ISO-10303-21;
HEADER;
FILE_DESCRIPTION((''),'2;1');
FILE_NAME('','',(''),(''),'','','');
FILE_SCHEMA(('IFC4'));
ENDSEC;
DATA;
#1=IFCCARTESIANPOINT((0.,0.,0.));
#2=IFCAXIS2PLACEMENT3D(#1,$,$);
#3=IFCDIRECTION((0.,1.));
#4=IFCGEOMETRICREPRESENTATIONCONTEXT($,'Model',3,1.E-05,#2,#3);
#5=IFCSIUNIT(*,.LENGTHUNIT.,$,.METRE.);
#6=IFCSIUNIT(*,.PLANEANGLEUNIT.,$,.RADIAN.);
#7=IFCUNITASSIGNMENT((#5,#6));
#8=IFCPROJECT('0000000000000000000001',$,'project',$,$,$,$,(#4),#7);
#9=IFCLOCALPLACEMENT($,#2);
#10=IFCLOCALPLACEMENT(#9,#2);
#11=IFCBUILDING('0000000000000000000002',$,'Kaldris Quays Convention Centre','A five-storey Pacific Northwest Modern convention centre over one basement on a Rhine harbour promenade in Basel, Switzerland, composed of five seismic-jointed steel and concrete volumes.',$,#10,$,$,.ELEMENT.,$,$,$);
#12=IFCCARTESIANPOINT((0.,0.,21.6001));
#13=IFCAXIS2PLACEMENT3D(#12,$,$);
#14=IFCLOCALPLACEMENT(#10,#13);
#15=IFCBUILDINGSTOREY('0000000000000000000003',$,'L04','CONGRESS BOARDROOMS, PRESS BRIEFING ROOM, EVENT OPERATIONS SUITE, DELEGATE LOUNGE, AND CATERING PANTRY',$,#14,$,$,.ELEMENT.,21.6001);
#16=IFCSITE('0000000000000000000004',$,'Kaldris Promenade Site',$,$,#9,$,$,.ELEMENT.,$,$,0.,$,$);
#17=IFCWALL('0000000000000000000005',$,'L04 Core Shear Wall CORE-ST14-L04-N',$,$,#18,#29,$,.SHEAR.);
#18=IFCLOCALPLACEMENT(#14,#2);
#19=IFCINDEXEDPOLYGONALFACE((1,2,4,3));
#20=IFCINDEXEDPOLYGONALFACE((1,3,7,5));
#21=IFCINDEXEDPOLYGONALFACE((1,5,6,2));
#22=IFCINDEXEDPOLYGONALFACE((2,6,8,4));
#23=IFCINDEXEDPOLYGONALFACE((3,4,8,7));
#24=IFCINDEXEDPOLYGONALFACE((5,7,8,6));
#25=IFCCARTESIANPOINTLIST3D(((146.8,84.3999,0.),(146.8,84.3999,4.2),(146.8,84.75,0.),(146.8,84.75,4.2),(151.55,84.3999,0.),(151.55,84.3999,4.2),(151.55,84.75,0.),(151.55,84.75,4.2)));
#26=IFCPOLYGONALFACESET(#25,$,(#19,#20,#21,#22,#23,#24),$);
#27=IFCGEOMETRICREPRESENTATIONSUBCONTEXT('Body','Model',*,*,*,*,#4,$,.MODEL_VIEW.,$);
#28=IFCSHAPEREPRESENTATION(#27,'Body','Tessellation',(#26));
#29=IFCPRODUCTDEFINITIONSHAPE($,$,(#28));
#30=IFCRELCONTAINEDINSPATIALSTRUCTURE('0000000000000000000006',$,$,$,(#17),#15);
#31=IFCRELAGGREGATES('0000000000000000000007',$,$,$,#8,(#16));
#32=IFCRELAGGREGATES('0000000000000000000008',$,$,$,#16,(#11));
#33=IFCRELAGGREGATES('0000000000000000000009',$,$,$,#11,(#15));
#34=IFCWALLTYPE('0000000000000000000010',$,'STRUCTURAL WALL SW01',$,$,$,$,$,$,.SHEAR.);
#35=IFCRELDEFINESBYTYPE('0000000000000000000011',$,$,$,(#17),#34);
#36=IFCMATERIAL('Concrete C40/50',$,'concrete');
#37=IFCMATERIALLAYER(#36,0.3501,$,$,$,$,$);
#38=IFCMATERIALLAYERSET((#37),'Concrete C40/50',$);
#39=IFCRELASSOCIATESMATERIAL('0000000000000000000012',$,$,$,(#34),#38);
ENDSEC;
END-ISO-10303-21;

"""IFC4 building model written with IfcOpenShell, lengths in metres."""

from ifc_helpers import new_model, si_unit, direction, frame, frame_2d, origin, place, context, subcontext, project, spatial, rectangle, extrude, material, layer, layer_set, type_object, element, save


model = new_model("IFC4")

# Units and contexts
model_context = context("Model", 3, precision=1e-05, world=origin(), true_north=direction((0.0, 1.0)))
body_context = subcontext(model_context, "Body", "Model", "MODEL_VIEW")
ifc_project = project(units=[si_unit("LENGTHUNIT", "METRE"), si_unit("PLANEANGLEUNIT", "RADIAN")], contexts=[model_context])

# Site, building, storey
site_placement = place(None, origin())
site = spatial("IfcSite", under=ifc_project, at=site_placement, Name="Kaldris Promenade Site", CompositionType="ELEMENT", RefElevation=0.0)
building_placement = place(site_placement, origin())
building = spatial("IfcBuilding", under=site, at=building_placement, Name="Kaldris Quays Convention Centre", Description="A five-storey Pacific Northwest Modern convention centre over one basement on a Rhine harbour promenade in Basel, Switzerland, composed of five seismic-jointed steel and concrete volumes.", CompositionType="ELEMENT")
storey_placement = place(building_placement, frame((0.0, 0.0, 21.6001)))
storey = spatial("IfcBuildingStorey", under=building, at=storey_placement, Name="L04", Description="CONGRESS BOARDROOMS, PRESS BRIEFING ROOM, EVENT OPERATIONS SUITE, DELEGATE LOUNGE, AND CATERING PANTRY", CompositionType="ELEMENT", Elevation=21.6001)

# Wall
ifc_material_1 = material(Name="Concrete C40/50", Category="concrete")
ifc_layer_1 = layer(ifc_material_1, 0.3501)
ifc_layer_set_1 = layer_set([ifc_layer_1], Name="Concrete C40/50")
wall_type_1 = type_object("IfcWallType", Name="STRUCTURAL WALL SW01", PredefinedType="SHEAR", material=ifc_layer_set_1)
wall_1_placement = place(storey_placement, frame((146.8, 84.575, 0.0), z_axis=(0.0, 0.0, 1.0), x_axis=(1.0, 0.0, 0.0)))
element("IfcWall", 1, at=wall_1_placement, inside=storey, type_object=wall_type_1, Name="L04 Core Shear Wall CORE-ST14-L04-N", PredefinedType="SHEAR", context=body_context, shape_type="SweptSolid", body=[
    extrude(rectangle(XDim=4.75, YDim=0.3501, at=frame_2d((2.375, 0.0))), origin(), (0.0, 0.0, 1.0), 4.2),
])

save(model, "model.ifc")
